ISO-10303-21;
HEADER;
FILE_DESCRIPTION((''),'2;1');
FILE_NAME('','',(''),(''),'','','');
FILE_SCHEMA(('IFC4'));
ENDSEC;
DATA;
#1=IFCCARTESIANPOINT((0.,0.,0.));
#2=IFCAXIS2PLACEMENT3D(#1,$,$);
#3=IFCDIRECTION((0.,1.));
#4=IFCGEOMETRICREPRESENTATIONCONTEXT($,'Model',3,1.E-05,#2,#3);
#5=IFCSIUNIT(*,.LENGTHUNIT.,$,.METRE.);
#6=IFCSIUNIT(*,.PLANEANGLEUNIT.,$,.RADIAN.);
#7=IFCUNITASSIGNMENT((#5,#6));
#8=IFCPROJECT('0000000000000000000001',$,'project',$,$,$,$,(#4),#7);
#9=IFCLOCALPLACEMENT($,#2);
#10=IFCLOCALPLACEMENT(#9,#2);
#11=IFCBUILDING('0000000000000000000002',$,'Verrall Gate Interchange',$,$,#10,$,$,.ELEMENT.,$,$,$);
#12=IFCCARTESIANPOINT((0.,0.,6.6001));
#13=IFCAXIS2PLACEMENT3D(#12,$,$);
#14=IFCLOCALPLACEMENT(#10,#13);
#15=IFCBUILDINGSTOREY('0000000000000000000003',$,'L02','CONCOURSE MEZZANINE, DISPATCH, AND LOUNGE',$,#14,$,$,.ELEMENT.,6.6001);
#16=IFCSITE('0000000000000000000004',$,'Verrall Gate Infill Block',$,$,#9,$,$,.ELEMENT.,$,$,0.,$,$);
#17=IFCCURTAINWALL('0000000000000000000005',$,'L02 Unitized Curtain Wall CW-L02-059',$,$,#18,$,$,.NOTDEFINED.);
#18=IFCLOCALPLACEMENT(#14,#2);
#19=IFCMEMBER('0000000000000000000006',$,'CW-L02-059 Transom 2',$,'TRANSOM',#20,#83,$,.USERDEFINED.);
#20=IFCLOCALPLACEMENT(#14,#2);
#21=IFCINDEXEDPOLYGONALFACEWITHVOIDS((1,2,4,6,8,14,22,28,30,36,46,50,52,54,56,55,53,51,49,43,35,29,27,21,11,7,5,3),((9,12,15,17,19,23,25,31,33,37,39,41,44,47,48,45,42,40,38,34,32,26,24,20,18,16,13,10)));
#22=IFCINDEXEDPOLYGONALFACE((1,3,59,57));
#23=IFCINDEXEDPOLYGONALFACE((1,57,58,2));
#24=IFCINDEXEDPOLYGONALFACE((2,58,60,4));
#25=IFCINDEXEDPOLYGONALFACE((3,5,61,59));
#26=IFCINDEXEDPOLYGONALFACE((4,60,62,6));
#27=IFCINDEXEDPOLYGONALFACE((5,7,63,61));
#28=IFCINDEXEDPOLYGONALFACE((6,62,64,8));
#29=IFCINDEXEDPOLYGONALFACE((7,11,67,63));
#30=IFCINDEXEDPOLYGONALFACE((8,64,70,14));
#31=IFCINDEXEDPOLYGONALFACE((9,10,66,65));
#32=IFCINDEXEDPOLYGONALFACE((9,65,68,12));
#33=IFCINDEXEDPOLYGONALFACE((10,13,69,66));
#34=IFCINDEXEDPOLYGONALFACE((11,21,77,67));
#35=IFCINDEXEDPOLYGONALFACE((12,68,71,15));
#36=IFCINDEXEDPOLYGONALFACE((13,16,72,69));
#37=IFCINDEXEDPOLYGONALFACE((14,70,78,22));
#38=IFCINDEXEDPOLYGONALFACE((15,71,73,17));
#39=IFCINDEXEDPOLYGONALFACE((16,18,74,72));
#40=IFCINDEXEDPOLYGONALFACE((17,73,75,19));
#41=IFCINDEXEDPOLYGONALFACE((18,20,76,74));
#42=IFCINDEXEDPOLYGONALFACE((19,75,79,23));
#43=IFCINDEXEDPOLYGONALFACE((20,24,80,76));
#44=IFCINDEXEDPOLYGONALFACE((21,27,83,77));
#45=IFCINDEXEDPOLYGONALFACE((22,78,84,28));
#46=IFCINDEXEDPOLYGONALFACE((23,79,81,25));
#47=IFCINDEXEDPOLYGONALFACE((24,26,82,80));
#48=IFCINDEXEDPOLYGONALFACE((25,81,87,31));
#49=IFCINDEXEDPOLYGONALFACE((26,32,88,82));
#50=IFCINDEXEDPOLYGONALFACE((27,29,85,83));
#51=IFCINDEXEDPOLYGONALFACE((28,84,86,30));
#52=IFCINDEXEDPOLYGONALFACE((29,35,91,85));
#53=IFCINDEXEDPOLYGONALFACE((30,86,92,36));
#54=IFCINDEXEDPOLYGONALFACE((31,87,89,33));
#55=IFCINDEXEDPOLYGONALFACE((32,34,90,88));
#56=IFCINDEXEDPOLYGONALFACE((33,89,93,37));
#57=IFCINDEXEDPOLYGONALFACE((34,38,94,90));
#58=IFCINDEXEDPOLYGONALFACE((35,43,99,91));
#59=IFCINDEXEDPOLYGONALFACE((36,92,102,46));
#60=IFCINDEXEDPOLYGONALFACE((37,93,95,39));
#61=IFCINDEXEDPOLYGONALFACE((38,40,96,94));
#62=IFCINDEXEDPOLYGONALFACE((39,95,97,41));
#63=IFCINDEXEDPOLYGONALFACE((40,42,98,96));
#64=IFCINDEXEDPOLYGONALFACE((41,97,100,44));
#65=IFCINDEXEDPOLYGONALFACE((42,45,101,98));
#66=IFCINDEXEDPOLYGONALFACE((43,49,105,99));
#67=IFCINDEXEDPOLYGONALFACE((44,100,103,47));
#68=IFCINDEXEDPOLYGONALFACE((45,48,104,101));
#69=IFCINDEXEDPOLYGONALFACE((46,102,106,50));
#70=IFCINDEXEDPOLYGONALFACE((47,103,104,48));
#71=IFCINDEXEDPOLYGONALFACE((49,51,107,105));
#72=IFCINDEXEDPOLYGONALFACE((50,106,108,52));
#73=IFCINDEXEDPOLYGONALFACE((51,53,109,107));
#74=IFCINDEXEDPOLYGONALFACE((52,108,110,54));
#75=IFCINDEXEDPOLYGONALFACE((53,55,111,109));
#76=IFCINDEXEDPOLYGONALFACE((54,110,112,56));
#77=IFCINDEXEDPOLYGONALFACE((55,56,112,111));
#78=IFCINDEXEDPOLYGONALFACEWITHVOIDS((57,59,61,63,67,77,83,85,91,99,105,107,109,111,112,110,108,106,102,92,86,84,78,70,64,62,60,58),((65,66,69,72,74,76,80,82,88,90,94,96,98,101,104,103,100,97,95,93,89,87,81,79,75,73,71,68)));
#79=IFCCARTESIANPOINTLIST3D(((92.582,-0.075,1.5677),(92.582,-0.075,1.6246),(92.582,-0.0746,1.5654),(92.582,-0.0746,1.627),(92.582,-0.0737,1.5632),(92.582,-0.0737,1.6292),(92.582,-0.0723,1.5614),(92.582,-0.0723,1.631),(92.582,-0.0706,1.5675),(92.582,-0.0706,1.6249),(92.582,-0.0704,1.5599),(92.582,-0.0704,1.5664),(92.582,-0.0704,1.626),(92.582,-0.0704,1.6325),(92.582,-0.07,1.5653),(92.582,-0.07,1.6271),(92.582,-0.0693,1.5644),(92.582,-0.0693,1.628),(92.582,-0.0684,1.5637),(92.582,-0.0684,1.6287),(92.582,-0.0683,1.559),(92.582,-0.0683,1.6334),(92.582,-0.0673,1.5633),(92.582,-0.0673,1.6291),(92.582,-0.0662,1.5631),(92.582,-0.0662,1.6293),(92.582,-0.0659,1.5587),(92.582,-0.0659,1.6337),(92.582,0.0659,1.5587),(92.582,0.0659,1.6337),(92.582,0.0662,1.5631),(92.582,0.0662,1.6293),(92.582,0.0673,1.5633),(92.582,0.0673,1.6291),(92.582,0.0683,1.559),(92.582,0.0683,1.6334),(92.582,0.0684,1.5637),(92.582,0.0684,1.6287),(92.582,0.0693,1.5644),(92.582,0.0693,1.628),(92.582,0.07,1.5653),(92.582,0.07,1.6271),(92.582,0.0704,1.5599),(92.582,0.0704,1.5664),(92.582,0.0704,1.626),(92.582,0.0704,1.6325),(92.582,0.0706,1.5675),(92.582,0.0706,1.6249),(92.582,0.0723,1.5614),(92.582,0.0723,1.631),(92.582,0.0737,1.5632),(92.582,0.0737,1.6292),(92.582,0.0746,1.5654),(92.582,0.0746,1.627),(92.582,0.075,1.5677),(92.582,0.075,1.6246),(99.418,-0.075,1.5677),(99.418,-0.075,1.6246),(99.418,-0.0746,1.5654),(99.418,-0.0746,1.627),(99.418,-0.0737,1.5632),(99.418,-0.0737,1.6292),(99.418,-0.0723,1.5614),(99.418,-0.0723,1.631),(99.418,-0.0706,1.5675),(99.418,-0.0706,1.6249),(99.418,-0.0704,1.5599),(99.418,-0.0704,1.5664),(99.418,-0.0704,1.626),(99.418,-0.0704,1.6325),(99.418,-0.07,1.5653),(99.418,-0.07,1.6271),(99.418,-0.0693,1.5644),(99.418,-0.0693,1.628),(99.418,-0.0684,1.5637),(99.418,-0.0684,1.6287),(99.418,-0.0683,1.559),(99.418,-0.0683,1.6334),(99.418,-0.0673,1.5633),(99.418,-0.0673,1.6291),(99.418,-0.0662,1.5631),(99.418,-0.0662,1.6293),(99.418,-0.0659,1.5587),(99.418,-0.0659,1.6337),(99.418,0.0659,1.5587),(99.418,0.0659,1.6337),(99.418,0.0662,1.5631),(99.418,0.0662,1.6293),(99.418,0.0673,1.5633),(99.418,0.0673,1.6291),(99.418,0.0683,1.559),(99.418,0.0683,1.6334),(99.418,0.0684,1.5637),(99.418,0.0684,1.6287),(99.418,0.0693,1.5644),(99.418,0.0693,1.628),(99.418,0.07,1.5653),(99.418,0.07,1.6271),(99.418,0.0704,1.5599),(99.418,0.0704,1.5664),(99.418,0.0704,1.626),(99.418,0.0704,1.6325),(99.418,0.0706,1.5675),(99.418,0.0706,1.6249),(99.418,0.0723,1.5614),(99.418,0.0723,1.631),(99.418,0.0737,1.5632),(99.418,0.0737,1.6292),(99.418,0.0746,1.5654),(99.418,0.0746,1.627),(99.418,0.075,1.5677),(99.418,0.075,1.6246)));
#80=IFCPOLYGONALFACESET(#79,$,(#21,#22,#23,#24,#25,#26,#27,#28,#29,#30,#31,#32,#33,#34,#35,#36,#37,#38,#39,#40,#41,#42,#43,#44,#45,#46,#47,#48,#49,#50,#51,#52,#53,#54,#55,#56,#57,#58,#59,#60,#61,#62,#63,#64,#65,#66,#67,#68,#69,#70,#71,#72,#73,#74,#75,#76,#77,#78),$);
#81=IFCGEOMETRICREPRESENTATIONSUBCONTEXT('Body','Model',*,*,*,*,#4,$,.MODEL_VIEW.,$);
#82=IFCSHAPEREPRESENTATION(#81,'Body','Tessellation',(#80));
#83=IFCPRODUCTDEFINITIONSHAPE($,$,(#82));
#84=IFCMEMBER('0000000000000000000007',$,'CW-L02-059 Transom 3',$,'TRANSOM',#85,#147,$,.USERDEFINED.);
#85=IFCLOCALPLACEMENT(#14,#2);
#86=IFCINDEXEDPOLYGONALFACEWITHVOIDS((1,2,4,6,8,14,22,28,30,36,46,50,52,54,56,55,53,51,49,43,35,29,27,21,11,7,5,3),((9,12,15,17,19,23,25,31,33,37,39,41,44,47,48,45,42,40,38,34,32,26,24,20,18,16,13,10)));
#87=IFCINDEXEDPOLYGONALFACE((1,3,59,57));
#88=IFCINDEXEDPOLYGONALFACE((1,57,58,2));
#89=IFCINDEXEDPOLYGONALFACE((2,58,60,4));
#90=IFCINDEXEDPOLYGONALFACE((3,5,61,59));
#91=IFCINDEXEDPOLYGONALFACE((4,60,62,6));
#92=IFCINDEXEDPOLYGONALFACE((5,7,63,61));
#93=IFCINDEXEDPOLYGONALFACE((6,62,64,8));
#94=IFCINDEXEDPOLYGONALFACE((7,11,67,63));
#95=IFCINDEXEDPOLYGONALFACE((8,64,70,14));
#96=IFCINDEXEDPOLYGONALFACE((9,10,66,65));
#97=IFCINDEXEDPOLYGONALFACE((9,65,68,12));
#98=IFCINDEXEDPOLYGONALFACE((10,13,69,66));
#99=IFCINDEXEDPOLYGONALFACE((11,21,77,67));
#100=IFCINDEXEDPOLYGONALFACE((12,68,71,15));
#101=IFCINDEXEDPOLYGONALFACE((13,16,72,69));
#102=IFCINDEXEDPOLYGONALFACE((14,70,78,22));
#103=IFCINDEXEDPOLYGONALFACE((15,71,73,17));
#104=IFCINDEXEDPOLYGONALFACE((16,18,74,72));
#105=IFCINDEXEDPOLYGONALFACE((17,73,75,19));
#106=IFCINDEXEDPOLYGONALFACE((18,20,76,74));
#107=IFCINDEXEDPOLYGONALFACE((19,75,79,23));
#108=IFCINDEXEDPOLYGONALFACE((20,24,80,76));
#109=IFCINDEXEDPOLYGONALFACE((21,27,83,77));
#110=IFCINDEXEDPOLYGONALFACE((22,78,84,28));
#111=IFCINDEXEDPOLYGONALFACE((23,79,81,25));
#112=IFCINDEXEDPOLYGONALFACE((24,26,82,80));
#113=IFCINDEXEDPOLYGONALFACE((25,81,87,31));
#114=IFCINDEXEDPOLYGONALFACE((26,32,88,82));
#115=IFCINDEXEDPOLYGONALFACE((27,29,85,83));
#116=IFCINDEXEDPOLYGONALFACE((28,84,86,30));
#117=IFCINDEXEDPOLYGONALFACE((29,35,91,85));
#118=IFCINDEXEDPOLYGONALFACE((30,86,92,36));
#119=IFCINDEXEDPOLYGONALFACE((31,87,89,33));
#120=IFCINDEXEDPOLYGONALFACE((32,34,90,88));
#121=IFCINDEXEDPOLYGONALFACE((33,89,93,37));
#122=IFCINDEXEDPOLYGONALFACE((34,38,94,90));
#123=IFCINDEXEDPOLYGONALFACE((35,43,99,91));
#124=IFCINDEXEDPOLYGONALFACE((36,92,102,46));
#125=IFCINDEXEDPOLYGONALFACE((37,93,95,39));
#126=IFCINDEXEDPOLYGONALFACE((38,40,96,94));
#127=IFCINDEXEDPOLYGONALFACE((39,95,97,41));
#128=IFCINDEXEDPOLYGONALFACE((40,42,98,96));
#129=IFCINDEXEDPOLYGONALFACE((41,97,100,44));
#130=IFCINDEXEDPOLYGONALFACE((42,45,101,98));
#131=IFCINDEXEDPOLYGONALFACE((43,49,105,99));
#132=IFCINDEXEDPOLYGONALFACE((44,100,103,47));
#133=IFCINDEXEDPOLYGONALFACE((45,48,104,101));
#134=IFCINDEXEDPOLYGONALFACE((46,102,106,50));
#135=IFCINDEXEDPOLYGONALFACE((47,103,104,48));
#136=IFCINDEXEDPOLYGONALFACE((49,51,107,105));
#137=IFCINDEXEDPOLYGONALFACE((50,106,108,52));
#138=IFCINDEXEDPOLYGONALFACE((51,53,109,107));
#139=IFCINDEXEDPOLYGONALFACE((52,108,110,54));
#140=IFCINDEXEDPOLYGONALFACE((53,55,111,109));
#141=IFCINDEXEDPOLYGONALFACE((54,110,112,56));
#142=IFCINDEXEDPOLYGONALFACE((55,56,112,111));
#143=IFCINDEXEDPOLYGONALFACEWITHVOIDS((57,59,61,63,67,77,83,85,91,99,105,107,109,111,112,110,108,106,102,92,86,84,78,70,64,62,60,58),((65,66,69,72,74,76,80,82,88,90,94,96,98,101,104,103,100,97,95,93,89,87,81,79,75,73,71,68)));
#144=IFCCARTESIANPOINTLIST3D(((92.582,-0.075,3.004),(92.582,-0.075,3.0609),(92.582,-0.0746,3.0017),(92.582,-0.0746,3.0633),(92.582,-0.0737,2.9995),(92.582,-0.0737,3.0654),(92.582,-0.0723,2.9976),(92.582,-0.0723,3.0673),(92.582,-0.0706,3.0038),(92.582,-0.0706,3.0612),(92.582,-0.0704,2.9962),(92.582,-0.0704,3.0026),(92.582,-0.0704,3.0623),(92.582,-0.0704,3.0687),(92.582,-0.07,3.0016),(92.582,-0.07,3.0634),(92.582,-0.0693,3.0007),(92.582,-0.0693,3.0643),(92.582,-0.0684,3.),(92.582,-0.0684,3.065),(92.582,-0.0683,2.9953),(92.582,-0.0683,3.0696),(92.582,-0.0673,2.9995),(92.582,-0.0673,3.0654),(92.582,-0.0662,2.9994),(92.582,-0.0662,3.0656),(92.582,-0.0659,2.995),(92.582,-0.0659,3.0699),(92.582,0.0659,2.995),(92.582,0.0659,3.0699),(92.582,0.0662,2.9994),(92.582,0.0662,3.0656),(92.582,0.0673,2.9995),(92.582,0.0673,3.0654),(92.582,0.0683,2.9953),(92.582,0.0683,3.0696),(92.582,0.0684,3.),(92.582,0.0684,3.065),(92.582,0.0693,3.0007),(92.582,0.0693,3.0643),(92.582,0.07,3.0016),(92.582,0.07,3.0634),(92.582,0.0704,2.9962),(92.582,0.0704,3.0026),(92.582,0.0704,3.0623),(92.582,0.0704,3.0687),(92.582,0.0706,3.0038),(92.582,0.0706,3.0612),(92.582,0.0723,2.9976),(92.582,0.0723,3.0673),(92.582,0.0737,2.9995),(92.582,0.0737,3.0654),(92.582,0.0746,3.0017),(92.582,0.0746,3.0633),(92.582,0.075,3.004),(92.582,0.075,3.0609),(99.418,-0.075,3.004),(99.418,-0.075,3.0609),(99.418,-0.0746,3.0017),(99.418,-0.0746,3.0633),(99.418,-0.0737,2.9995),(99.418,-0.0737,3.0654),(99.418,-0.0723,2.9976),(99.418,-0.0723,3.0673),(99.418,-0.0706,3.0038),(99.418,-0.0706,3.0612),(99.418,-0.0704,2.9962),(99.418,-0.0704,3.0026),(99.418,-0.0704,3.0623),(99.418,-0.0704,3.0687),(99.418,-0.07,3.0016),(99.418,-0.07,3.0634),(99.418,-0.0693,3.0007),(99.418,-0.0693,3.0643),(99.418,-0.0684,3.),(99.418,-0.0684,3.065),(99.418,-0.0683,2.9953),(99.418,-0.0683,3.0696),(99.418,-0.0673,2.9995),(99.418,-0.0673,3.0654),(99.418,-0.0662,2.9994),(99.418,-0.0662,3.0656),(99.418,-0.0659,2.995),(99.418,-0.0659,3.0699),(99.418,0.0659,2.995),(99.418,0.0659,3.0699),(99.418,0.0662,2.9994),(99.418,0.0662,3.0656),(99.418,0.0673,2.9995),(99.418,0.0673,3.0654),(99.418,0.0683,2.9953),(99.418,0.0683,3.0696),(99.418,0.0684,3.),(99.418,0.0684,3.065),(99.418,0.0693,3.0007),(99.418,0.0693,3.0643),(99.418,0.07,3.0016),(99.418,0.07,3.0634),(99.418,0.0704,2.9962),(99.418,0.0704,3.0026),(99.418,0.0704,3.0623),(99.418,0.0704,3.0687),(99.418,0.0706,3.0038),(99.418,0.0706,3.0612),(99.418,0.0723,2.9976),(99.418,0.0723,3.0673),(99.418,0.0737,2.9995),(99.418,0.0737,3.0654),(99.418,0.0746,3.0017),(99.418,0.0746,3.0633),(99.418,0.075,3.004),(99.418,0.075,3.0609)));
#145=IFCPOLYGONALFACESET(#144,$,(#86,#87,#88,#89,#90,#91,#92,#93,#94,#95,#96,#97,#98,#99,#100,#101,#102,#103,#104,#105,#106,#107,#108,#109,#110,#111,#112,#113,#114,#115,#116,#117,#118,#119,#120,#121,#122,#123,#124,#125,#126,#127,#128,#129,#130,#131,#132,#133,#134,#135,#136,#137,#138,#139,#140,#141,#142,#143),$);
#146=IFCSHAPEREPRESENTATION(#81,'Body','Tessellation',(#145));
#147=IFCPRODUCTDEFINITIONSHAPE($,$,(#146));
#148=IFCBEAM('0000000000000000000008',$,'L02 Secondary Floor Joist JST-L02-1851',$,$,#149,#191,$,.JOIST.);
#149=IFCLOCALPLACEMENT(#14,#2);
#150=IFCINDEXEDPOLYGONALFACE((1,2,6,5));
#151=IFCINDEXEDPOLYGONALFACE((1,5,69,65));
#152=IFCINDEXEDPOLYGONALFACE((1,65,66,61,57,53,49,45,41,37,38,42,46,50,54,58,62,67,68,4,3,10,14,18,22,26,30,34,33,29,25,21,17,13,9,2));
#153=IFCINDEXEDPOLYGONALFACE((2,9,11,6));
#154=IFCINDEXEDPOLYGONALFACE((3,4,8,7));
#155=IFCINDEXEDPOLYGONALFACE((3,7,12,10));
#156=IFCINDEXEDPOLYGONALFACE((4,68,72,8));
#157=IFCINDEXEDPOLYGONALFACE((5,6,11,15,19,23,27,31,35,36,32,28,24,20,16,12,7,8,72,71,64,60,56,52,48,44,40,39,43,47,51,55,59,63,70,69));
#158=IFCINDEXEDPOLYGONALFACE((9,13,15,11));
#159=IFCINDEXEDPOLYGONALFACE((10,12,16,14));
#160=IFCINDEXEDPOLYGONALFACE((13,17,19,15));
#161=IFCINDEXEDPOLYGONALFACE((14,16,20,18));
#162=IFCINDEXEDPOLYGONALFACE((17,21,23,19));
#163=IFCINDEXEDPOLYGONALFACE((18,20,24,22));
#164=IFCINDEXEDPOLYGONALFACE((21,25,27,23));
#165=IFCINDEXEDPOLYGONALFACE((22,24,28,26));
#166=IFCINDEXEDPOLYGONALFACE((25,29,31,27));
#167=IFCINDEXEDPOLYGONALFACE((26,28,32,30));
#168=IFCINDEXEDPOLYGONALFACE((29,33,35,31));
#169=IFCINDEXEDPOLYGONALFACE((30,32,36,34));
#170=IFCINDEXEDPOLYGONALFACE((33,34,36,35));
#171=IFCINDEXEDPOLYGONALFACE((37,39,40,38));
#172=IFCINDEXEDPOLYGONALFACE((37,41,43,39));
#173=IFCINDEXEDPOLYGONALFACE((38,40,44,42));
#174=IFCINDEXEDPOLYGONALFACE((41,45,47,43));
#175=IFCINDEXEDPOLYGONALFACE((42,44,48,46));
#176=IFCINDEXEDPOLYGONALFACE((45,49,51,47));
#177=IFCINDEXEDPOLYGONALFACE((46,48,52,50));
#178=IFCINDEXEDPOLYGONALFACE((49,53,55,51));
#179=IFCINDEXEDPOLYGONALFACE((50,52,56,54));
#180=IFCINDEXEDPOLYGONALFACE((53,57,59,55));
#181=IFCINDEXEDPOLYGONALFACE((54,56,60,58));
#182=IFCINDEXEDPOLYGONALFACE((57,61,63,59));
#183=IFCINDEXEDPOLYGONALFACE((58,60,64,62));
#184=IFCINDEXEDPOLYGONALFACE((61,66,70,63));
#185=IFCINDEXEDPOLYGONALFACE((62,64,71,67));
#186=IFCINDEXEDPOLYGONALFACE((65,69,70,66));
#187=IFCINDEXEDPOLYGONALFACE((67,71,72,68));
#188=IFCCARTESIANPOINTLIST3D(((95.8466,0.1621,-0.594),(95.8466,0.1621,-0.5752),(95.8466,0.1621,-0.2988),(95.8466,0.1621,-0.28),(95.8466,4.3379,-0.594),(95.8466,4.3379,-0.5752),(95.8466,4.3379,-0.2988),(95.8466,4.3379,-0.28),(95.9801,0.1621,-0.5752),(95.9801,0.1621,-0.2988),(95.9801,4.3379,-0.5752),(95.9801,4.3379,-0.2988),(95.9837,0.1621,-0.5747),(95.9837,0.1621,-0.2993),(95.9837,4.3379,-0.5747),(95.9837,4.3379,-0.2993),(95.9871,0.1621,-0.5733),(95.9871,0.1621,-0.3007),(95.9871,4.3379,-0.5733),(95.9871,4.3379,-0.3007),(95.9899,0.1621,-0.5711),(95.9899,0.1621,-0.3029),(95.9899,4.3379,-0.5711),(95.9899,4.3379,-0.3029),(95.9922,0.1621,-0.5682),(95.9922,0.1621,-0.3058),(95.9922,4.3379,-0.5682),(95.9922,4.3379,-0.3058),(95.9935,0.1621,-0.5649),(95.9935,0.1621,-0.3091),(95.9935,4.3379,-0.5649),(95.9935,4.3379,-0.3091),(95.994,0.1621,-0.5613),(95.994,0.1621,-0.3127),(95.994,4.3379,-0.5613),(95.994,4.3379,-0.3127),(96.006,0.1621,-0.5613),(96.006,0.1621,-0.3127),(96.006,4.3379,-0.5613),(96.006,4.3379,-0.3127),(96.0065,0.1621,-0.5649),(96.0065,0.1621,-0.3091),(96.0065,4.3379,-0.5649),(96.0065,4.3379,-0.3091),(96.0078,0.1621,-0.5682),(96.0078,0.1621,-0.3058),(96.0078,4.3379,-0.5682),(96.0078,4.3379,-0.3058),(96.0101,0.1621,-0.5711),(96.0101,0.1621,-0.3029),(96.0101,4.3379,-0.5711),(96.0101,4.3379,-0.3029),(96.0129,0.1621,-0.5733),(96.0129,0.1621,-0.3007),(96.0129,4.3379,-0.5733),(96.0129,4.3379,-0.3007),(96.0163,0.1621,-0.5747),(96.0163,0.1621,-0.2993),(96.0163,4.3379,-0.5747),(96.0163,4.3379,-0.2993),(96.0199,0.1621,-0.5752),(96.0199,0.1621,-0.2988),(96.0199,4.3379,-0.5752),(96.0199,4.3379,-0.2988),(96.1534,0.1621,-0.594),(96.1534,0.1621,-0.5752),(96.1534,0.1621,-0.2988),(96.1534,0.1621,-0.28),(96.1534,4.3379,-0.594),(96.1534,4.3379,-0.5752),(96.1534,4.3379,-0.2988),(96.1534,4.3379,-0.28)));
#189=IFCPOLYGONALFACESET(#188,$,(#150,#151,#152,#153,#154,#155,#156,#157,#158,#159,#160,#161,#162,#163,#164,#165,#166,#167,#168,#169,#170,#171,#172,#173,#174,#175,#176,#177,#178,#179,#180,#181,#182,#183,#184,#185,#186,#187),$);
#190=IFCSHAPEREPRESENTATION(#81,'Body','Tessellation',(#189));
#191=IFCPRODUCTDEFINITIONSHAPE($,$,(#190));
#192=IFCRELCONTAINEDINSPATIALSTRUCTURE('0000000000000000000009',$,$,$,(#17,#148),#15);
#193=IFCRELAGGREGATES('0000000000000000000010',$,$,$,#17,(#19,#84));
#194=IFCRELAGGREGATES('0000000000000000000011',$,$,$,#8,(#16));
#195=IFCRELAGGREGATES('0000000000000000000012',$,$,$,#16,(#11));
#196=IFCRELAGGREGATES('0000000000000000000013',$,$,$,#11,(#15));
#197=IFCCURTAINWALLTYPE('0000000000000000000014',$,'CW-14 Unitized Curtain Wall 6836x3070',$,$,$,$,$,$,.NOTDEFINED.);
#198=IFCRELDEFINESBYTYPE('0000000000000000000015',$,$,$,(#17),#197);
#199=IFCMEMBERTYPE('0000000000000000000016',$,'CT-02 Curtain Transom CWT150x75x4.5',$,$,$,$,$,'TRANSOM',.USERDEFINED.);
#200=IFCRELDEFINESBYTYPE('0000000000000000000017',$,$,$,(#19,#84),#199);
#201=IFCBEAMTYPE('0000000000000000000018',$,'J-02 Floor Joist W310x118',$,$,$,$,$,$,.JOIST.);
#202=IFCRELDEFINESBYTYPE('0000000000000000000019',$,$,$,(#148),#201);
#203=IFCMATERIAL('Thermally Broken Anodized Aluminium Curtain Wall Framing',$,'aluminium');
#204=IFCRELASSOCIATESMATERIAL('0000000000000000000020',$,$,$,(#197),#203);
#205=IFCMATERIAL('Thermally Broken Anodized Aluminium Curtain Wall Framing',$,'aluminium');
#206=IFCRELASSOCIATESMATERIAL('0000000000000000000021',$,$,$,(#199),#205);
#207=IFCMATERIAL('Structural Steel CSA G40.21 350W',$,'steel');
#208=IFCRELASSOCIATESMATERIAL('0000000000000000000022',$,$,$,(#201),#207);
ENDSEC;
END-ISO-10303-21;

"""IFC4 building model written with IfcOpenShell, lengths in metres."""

from ifc_helpers import new_model, si_unit, direction, frame, origin, origin_2d, place, context, subcontext, project, spatial, hollow_rectangle, i_section, extrude, material, material_profile, profile_set, type_object, element, aggregate, save


model = new_model("IFC4")

# Units and contexts
model_context = context("Model", 3, precision=1e-05, world=origin(), true_north=direction((0.0, 1.0)))
body_context = subcontext(model_context, "Body", "Model", "MODEL_VIEW")
ifc_project = project(units=[si_unit("LENGTHUNIT", "METRE"), si_unit("PLANEANGLEUNIT", "RADIAN")], contexts=[model_context])

# Site, building, storey
site_placement = place(None, origin())
site = spatial("IfcSite", under=ifc_project, at=site_placement, Name="Verrall Gate Infill Block", CompositionType="ELEMENT", RefElevation=0.0)
building_placement = place(site_placement, origin())
building = spatial("IfcBuilding", under=site, at=building_placement, Name="Verrall Gate Interchange", CompositionType="ELEMENT")
storey_placement = place(building_placement, frame((0.0, 0.0, 6.6001)))
storey = spatial("IfcBuildingStorey", under=building, at=storey_placement, Name="L02", Description="CONCOURSE MEZZANINE, DISPATCH, AND LOUNGE", CompositionType="ELEMENT", Elevation=6.6001)

# Shared definitions
ifc_material_1 = material(Name="Thermally Broken Anodized Aluminium Curtain Wall Framing", Category="aluminium")
curtain_wall_type = type_object("IfcCurtainWallType", Name="CW-14 Unitized Curtain Wall 6836x3070", PredefinedType="NOTDEFINED", material=ifc_material_1)

# Curtain wall, members
curtain_wall_1_placement = place(storey_placement, origin())
curtain_wall_1 = element("IfcCurtainWall", 1, at=curtain_wall_1_placement, inside=storey, type_object=curtain_wall_type, Name="L02 Unitized Curtain Wall CW-L02-059", PredefinedType="NOTDEFINED")
ifc_material_2 = material(Name="Thermally Broken Anodized Aluminium Curtain Wall Framing", Category="aluminium")
ifc_material_profile_1 = material_profile(ifc_material_2, hollow_rectangle(XDim=0.1499, YDim=0.075, WallThickness=0.0044, InnerFilletRadius=0.0044, OuterFilletRadius=0.009, at=origin_2d()), Name="CWT150x75x4.5")
ifc_profile_set_1 = profile_set([ifc_material_profile_1], Name="Thermally Broken Anodized Aluminium Curtain Wall Framing")
member_type_1 = type_object("IfcMemberType", Name="CT-02 Curtain Transom CWT150x75x4.5", ElementType="TRANSOM", PredefinedType="USERDEFINED", material=ifc_profile_set_1)
member_1_placement = place(storey_placement, frame((92.582, 0.0, 1.5962), z_axis=(1.0, 0.0, 0.0), x_axis=(0.0, 1.0, 0.0)))
member_1 = element("IfcMember", 2, at=member_1_placement, type_object=member_type_1, Name="CW-L02-059 Transom 2", ObjectType="TRANSOM", PredefinedType="USERDEFINED", context=body_context, shape_type="SweptSolid", body=[
    extrude(hollow_rectangle(XDim=0.1499, YDim=0.075, WallThickness=0.0044, InnerFilletRadius=0.0044, OuterFilletRadius=0.009, at=origin_2d()), origin(), (0.0, 0.0, 1.0), 6.8359),
])
member_2_placement = place(storey_placement, frame((92.582, 0.0, 3.0325), z_axis=(1.0, 0.0, 0.0), x_axis=(0.0, 1.0, 0.0)))
member_2 = element("IfcMember", 3, at=member_2_placement, type_object=member_type_1, Name="CW-L02-059 Transom 3", ObjectType="TRANSOM", PredefinedType="USERDEFINED", context=body_context, shape_type="SweptSolid", body=[
    extrude(hollow_rectangle(XDim=0.1499, YDim=0.075, WallThickness=0.0044, InnerFilletRadius=0.0044, OuterFilletRadius=0.009, at=origin_2d()), origin(), (0.0, 0.0, 1.0), 6.8359),
])

# Beam
ifc_material_3 = material(Name="Structural Steel CSA G40.21 350W", Category="steel")
ifc_material_profile_2 = material_profile(ifc_material_3, i_section(OverallWidth=0.3069, OverallDepth=0.314, WebThickness=0.012, FlangeThickness=0.0188, FilletRadius=0.0139, at=origin_2d()), Name="W310x118")
ifc_profile_set_2 = profile_set([ifc_material_profile_2], Name="Structural Steel CSA G40.21 350W")
beam_type_1 = type_object("IfcBeamType", Name="J-02 Floor Joist W310x118", PredefinedType="JOIST", material=ifc_profile_set_2)
beam_1_placement = place(storey_placement, frame((96.0, 0.1621, -0.437), z_axis=(0.0, 1.0, 0.0), x_axis=(-1.0, 0.0, 0.0)))
element("IfcBeam", 4, at=beam_1_placement, inside=storey, type_object=beam_type_1, Name="L02 Secondary Floor Joist JST-L02-1851", PredefinedType="JOIST", context=body_context, shape_type="SweptSolid", body=[
    extrude(i_section(OverallWidth=0.3069, OverallDepth=0.314, WebThickness=0.012, FlangeThickness=0.0188, FilletRadius=0.0139, at=origin_2d()), origin(), (0.0, 0.0, 1.0), 4.1758),
])

aggregate(curtain_wall_1, [member_1, member_2])

save(model, "model.ifc")
